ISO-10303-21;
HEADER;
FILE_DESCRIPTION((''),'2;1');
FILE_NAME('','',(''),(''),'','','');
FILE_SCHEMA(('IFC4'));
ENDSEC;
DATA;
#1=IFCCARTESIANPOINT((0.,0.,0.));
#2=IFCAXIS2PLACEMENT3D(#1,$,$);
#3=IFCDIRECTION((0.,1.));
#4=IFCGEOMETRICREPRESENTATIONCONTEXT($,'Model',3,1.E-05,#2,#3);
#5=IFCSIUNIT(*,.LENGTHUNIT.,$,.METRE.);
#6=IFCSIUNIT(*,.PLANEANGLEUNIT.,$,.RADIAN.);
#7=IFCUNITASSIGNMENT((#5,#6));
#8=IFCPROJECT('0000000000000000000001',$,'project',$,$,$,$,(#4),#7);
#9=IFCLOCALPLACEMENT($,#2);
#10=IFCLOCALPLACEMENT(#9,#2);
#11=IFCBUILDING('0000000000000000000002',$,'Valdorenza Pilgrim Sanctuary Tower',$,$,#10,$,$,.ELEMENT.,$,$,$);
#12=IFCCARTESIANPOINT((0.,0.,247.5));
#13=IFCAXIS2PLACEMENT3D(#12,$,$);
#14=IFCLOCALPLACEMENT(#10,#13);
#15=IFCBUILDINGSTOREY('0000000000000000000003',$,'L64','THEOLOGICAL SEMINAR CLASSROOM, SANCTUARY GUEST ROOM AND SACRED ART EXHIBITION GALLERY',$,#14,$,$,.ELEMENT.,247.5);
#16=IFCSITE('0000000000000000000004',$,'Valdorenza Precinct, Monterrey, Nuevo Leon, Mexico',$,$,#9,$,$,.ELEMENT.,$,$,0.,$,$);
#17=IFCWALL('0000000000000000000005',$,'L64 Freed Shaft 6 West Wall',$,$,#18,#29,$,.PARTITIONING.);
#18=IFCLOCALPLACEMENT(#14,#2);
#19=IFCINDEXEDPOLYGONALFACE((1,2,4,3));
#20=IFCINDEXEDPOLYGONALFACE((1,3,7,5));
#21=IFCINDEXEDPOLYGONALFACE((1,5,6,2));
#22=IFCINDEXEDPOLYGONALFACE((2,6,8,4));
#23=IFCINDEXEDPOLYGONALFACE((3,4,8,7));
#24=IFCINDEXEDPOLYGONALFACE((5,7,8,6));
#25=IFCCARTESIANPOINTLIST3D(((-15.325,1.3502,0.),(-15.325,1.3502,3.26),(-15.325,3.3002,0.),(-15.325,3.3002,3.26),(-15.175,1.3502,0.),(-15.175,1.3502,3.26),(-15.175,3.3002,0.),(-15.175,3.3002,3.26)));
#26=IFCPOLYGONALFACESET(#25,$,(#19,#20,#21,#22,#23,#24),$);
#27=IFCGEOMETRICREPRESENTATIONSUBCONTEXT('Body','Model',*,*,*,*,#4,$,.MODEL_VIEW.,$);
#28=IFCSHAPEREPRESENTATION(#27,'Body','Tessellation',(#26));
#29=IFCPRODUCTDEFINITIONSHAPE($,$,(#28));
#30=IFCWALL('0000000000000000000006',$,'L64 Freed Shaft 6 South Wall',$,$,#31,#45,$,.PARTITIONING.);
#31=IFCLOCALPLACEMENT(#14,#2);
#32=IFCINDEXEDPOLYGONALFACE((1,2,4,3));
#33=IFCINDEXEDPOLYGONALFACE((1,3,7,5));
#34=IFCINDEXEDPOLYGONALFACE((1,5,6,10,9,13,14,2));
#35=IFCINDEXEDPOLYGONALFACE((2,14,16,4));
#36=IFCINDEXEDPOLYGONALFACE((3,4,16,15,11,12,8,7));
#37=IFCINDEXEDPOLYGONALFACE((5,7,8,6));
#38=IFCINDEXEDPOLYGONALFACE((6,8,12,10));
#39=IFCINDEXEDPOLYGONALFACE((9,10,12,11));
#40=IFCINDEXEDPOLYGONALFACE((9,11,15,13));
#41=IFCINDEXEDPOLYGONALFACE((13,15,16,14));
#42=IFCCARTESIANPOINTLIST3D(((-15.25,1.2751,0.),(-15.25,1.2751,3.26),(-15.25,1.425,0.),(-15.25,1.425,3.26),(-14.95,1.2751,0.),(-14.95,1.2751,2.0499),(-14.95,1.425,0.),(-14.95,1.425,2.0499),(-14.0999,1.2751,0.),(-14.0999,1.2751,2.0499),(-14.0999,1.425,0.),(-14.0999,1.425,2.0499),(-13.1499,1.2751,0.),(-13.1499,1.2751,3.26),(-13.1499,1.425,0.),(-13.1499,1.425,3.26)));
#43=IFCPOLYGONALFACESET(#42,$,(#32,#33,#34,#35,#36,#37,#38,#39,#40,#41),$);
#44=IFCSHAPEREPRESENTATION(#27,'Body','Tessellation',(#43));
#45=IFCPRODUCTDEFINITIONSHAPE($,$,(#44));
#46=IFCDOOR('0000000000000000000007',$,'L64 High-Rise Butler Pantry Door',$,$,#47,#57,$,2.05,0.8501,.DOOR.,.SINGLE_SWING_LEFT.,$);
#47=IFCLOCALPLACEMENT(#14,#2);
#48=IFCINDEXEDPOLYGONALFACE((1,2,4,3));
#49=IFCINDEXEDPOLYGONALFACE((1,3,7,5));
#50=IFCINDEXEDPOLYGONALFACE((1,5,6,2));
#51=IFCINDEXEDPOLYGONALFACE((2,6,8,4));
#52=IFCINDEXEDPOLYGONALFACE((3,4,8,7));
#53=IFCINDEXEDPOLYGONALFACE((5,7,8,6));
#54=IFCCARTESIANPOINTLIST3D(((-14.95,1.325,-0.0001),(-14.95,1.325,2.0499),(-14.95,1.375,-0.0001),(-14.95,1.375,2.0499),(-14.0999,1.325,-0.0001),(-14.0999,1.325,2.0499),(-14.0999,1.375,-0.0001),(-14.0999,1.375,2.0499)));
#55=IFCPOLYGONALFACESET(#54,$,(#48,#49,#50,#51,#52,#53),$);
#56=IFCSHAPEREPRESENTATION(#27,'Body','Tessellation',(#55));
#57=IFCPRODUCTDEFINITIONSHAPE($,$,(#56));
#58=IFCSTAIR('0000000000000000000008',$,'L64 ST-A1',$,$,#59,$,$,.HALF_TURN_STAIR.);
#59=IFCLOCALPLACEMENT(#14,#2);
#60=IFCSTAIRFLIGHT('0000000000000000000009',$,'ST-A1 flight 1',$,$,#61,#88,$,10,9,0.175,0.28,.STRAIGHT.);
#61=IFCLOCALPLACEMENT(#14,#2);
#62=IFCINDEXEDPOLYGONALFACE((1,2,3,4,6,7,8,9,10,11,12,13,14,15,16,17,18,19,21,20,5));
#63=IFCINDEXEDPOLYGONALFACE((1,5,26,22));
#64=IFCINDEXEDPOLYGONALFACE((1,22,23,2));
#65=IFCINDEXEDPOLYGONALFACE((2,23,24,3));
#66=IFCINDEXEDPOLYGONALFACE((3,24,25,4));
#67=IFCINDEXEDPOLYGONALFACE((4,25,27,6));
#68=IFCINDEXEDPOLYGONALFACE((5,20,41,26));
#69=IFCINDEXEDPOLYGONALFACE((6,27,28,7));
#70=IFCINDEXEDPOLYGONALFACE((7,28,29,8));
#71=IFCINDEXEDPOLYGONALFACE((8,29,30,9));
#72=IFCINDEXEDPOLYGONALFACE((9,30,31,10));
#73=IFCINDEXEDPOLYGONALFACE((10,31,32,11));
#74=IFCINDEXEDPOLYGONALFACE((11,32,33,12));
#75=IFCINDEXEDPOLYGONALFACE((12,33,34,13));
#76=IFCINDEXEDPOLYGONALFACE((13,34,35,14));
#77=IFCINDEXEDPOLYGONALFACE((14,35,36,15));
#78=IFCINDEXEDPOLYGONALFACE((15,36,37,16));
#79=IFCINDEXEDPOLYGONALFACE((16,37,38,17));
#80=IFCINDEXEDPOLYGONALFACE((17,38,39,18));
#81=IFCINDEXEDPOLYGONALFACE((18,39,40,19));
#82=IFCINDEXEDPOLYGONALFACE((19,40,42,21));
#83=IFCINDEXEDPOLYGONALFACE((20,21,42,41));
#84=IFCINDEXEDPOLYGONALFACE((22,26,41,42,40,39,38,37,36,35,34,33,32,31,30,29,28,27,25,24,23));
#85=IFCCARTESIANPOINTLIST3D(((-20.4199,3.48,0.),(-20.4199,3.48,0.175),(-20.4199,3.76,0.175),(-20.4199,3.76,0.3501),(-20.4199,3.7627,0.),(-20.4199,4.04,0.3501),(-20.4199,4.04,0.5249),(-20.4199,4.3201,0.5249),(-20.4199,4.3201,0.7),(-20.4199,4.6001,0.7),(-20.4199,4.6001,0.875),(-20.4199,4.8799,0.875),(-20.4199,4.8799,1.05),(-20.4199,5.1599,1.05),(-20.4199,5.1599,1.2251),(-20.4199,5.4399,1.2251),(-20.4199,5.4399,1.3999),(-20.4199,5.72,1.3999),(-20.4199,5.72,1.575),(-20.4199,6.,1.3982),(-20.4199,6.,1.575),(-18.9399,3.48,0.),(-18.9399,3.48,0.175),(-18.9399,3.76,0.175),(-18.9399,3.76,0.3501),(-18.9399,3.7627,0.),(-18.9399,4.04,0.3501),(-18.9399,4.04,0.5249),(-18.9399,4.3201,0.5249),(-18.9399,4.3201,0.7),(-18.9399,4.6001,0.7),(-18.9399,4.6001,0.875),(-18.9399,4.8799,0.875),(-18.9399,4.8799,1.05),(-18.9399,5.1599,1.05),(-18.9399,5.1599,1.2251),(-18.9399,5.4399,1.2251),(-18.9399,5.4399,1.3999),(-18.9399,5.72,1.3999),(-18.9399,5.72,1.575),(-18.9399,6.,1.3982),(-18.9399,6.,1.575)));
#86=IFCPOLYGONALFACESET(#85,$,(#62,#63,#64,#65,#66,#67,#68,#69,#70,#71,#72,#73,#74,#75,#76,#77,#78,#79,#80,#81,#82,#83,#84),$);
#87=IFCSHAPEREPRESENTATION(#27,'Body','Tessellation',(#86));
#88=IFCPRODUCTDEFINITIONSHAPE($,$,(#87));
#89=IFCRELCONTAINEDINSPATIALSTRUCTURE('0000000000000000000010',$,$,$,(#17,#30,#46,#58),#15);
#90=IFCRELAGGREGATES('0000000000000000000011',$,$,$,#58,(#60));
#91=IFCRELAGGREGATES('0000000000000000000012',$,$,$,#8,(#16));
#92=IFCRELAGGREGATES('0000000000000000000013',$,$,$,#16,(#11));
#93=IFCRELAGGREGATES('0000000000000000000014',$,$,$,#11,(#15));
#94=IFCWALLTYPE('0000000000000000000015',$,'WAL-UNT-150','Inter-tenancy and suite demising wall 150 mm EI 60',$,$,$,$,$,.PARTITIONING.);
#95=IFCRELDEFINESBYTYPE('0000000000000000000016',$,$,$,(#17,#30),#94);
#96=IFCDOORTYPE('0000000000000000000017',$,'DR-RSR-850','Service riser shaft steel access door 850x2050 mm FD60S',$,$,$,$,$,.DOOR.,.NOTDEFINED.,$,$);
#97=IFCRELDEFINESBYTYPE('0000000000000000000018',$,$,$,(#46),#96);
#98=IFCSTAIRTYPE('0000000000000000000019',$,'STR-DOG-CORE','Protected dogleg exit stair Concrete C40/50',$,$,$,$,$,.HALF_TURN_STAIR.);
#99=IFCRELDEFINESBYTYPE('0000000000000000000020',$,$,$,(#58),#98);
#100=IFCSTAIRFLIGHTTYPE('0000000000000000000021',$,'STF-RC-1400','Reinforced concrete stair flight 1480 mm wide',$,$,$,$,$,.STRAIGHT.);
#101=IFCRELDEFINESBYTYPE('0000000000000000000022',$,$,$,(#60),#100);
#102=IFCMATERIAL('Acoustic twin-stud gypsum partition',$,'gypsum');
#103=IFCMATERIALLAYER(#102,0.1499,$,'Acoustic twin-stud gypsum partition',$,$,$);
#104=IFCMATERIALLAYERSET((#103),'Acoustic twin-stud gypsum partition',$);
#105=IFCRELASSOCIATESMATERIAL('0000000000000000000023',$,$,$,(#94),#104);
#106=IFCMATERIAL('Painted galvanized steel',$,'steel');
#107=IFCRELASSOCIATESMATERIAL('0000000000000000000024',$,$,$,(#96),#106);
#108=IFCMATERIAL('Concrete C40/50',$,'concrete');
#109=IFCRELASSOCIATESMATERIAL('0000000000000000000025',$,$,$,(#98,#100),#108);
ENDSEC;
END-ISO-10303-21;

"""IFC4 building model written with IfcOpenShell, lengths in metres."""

from ifc_helpers import new_model, si_unit, direction, frame, frame_2d, origin, place, context, subcontext, project, spatial, polyline, rectangle, outline, extrude, material, layer, layer_set, type_object, element, fill, aggregate, save


model = new_model("IFC4")

# Units and contexts
model_context = context("Model", 3, precision=1e-05, world=origin(), true_north=direction((0.0, 1.0)))
body_context = subcontext(model_context, "Body", "Model", "MODEL_VIEW")
ifc_project = project(units=[si_unit("LENGTHUNIT", "METRE"), si_unit("PLANEANGLEUNIT", "RADIAN")], contexts=[model_context])

# Site, building, storey
site_placement = place(None, origin())
site = spatial("IfcSite", under=ifc_project, at=site_placement, Name="Valdorenza Precinct, Monterrey, Nuevo Leon, Mexico", CompositionType="ELEMENT", RefElevation=0.0)
building_placement = place(site_placement, origin())
building = spatial("IfcBuilding", under=site, at=building_placement, Name="Valdorenza Pilgrim Sanctuary Tower", CompositionType="ELEMENT")
storey_placement = place(building_placement, frame((0.0, 0.0, 247.5)))
storey = spatial("IfcBuildingStorey", under=building, at=storey_placement, Name="L64", Description="THEOLOGICAL SEMINAR CLASSROOM, SANCTUARY GUEST ROOM AND SACRED ART EXHIBITION GALLERY", CompositionType="ELEMENT", Elevation=247.5)

# Shared definitions
ifc_material_1 = material(Name="Acoustic twin-stud gypsum partition", Category="gypsum")

# Wall
ifc_material_2 = material(Name="Concrete C40/50", Category="concrete")
ifc_layer_1 = layer(ifc_material_1, 0.1499, Name="Acoustic twin-stud gypsum partition")
ifc_layer_set_1 = layer_set([ifc_layer_1], Name="Acoustic twin-stud gypsum partition")
wall_type_1 = type_object("IfcWallType", Name="WAL-UNT-150", Description="Inter-tenancy and suite demising wall 150 mm EI 60", PredefinedType="PARTITIONING", material=ifc_layer_set_1)
wall_1_placement = place(storey_placement, frame((-15.25, 1.3501, 0.0), z_axis=(0.0, 0.0, 1.0), x_axis=(0.0, 1.0, 0.0)))
element("IfcWall", 1, at=wall_1_placement, inside=storey, type_object=wall_type_1, Name="L64 Freed Shaft 6 West Wall", PredefinedType="PARTITIONING", context=body_context, shape_type="SweptSolid", body=[
    extrude(rectangle(XDim=1.95, YDim=0.1499, at=frame_2d((0.9751, 0.0))), origin(), (0.0, 0.0, 1.0), 3.26),
])

# Wall, opening, door
wall_2_placement = place(storey_placement, frame((-15.25, 1.3501, 0.0), z_axis=(0.0, 0.0, 1.0), x_axis=(1.0, 0.0, 0.0)))
wall_2 = element("IfcWall", 2, at=wall_2_placement, inside=storey, type_object=wall_type_1, Name="L64 Freed Shaft 6 South Wall", PredefinedType="PARTITIONING", context=body_context, shape_type="SweptSolid", body=[
    extrude(rectangle(XDim=2.1001, YDim=0.1499, at=frame_2d((1.05, 0.0))), origin(), (0.0, 0.0, 1.0), 3.26),
])
opening_1_placement = place(wall_2_placement, frame((0.3, 0.0, 0.0)))
opening_1 = element("IfcOpeningElement", 3, at=opening_1_placement, cuts=wall_2, PredefinedType="OPENING", context=body_context, shape_type="SweptSolid", body=[
    extrude(rectangle(XDim=0.8501, YDim=2.05, at=frame_2d((0.425, 1.0249))), frame((0.0, 0.0898, 0.0), z_axis=(0.0, -1.0, 0.0), x_axis=(1.0, 0.0, 0.0)), (0.0, 0.0, 1.0), 0.1797),
])
ifc_material_3 = material(Name="Painted galvanized steel", Category="steel")
door_type_1 = type_object("IfcDoorType", Name="DR-RSR-850", Description="Service riser shaft steel access door 850x2050 mm FD60S", OperationType="NOTDEFINED", PredefinedType="DOOR", material=ifc_material_3)
door_1_placement = place(opening_1_placement, origin())
door_1 = element("IfcDoor", 4, at=door_1_placement, inside=storey, type_object=door_type_1, Name="L64 High-Rise Butler Pantry Door", OperationType="SINGLE_SWING_LEFT", OverallHeight=2.05, OverallWidth=0.8501, PredefinedType="DOOR", context=body_context, shape_type="SweptSolid", body=[
    extrude(rectangle(XDim=0.8501, YDim=2.05, at=frame_2d((0.425, 1.0249))), frame((0.0, 0.0249, 0.0), z_axis=(0.0, -1.0, 0.0), x_axis=(1.0, 0.0, 0.0)), (0.0, 0.0, 1.0), 0.05),
])
fill(opening_1, door_1)

# Stair, stair flight
stair_type = type_object("IfcStairType", Name="STR-DOG-CORE", Description="Protected dogleg exit stair Concrete C40/50", PredefinedType="HALF_TURN_STAIR", material=ifc_material_2)
stair_placement = place(storey_placement, origin())
stair = element("IfcStair", 5, at=stair_placement, inside=storey, type_object=stair_type, Name="L64 ST-A1", PredefinedType="HALF_TURN_STAIR")
stair_flight_type = type_object("IfcStairFlightType", Name="STF-RC-1400", Description="Reinforced concrete stair flight 1480 mm wide", PredefinedType="STRAIGHT", material=ifc_material_2)
stair_flight_placement = place(storey_placement, frame((-19.6799, 3.48, 0.0), z_axis=(0.0, 0.0, 1.0), x_axis=(0.0, 1.0, 0.0)))
stair_flight = element("IfcStairFlight", 6, at=stair_flight_placement, type_object=stair_flight_type, Name="ST-A1 flight 1", NumberOfRisers=10, NumberOfTreads=9, PredefinedType="STRAIGHT", RiserHeight=0.175, TreadLength=0.28, context=body_context, shape_type="SweptSolid", body=[
    extrude(outline(polyline([(0.0, 0.0), (0.0, 0.175), (0.28, 0.175), (0.28, 0.3501), (0.5601, 0.3501), (0.5601, 0.5249), (0.8401, 0.5249), (0.8401, 0.7), (1.1201, 0.7), (1.1201, 0.875), (1.3999, 0.875), (1.3999, 1.05), (1.6799, 1.05), (1.6799, 1.2251), (1.96, 1.2251), (1.96, 1.3999), (2.24, 1.3999), (2.24, 1.575), (2.52, 1.575), (2.52, 1.75), (2.52, 1.3982), (0.2827, 0.0), (0.0, 0.0)])), frame((0.0, 0.74, 0.0), z_axis=(0.0, -1.0, 0.0), x_axis=(1.0, 0.0, 0.0)), (0.0, 0.0, 1.0), 1.48),
])
aggregate(stair, [stair_flight])

save(model, "model.ifc")
